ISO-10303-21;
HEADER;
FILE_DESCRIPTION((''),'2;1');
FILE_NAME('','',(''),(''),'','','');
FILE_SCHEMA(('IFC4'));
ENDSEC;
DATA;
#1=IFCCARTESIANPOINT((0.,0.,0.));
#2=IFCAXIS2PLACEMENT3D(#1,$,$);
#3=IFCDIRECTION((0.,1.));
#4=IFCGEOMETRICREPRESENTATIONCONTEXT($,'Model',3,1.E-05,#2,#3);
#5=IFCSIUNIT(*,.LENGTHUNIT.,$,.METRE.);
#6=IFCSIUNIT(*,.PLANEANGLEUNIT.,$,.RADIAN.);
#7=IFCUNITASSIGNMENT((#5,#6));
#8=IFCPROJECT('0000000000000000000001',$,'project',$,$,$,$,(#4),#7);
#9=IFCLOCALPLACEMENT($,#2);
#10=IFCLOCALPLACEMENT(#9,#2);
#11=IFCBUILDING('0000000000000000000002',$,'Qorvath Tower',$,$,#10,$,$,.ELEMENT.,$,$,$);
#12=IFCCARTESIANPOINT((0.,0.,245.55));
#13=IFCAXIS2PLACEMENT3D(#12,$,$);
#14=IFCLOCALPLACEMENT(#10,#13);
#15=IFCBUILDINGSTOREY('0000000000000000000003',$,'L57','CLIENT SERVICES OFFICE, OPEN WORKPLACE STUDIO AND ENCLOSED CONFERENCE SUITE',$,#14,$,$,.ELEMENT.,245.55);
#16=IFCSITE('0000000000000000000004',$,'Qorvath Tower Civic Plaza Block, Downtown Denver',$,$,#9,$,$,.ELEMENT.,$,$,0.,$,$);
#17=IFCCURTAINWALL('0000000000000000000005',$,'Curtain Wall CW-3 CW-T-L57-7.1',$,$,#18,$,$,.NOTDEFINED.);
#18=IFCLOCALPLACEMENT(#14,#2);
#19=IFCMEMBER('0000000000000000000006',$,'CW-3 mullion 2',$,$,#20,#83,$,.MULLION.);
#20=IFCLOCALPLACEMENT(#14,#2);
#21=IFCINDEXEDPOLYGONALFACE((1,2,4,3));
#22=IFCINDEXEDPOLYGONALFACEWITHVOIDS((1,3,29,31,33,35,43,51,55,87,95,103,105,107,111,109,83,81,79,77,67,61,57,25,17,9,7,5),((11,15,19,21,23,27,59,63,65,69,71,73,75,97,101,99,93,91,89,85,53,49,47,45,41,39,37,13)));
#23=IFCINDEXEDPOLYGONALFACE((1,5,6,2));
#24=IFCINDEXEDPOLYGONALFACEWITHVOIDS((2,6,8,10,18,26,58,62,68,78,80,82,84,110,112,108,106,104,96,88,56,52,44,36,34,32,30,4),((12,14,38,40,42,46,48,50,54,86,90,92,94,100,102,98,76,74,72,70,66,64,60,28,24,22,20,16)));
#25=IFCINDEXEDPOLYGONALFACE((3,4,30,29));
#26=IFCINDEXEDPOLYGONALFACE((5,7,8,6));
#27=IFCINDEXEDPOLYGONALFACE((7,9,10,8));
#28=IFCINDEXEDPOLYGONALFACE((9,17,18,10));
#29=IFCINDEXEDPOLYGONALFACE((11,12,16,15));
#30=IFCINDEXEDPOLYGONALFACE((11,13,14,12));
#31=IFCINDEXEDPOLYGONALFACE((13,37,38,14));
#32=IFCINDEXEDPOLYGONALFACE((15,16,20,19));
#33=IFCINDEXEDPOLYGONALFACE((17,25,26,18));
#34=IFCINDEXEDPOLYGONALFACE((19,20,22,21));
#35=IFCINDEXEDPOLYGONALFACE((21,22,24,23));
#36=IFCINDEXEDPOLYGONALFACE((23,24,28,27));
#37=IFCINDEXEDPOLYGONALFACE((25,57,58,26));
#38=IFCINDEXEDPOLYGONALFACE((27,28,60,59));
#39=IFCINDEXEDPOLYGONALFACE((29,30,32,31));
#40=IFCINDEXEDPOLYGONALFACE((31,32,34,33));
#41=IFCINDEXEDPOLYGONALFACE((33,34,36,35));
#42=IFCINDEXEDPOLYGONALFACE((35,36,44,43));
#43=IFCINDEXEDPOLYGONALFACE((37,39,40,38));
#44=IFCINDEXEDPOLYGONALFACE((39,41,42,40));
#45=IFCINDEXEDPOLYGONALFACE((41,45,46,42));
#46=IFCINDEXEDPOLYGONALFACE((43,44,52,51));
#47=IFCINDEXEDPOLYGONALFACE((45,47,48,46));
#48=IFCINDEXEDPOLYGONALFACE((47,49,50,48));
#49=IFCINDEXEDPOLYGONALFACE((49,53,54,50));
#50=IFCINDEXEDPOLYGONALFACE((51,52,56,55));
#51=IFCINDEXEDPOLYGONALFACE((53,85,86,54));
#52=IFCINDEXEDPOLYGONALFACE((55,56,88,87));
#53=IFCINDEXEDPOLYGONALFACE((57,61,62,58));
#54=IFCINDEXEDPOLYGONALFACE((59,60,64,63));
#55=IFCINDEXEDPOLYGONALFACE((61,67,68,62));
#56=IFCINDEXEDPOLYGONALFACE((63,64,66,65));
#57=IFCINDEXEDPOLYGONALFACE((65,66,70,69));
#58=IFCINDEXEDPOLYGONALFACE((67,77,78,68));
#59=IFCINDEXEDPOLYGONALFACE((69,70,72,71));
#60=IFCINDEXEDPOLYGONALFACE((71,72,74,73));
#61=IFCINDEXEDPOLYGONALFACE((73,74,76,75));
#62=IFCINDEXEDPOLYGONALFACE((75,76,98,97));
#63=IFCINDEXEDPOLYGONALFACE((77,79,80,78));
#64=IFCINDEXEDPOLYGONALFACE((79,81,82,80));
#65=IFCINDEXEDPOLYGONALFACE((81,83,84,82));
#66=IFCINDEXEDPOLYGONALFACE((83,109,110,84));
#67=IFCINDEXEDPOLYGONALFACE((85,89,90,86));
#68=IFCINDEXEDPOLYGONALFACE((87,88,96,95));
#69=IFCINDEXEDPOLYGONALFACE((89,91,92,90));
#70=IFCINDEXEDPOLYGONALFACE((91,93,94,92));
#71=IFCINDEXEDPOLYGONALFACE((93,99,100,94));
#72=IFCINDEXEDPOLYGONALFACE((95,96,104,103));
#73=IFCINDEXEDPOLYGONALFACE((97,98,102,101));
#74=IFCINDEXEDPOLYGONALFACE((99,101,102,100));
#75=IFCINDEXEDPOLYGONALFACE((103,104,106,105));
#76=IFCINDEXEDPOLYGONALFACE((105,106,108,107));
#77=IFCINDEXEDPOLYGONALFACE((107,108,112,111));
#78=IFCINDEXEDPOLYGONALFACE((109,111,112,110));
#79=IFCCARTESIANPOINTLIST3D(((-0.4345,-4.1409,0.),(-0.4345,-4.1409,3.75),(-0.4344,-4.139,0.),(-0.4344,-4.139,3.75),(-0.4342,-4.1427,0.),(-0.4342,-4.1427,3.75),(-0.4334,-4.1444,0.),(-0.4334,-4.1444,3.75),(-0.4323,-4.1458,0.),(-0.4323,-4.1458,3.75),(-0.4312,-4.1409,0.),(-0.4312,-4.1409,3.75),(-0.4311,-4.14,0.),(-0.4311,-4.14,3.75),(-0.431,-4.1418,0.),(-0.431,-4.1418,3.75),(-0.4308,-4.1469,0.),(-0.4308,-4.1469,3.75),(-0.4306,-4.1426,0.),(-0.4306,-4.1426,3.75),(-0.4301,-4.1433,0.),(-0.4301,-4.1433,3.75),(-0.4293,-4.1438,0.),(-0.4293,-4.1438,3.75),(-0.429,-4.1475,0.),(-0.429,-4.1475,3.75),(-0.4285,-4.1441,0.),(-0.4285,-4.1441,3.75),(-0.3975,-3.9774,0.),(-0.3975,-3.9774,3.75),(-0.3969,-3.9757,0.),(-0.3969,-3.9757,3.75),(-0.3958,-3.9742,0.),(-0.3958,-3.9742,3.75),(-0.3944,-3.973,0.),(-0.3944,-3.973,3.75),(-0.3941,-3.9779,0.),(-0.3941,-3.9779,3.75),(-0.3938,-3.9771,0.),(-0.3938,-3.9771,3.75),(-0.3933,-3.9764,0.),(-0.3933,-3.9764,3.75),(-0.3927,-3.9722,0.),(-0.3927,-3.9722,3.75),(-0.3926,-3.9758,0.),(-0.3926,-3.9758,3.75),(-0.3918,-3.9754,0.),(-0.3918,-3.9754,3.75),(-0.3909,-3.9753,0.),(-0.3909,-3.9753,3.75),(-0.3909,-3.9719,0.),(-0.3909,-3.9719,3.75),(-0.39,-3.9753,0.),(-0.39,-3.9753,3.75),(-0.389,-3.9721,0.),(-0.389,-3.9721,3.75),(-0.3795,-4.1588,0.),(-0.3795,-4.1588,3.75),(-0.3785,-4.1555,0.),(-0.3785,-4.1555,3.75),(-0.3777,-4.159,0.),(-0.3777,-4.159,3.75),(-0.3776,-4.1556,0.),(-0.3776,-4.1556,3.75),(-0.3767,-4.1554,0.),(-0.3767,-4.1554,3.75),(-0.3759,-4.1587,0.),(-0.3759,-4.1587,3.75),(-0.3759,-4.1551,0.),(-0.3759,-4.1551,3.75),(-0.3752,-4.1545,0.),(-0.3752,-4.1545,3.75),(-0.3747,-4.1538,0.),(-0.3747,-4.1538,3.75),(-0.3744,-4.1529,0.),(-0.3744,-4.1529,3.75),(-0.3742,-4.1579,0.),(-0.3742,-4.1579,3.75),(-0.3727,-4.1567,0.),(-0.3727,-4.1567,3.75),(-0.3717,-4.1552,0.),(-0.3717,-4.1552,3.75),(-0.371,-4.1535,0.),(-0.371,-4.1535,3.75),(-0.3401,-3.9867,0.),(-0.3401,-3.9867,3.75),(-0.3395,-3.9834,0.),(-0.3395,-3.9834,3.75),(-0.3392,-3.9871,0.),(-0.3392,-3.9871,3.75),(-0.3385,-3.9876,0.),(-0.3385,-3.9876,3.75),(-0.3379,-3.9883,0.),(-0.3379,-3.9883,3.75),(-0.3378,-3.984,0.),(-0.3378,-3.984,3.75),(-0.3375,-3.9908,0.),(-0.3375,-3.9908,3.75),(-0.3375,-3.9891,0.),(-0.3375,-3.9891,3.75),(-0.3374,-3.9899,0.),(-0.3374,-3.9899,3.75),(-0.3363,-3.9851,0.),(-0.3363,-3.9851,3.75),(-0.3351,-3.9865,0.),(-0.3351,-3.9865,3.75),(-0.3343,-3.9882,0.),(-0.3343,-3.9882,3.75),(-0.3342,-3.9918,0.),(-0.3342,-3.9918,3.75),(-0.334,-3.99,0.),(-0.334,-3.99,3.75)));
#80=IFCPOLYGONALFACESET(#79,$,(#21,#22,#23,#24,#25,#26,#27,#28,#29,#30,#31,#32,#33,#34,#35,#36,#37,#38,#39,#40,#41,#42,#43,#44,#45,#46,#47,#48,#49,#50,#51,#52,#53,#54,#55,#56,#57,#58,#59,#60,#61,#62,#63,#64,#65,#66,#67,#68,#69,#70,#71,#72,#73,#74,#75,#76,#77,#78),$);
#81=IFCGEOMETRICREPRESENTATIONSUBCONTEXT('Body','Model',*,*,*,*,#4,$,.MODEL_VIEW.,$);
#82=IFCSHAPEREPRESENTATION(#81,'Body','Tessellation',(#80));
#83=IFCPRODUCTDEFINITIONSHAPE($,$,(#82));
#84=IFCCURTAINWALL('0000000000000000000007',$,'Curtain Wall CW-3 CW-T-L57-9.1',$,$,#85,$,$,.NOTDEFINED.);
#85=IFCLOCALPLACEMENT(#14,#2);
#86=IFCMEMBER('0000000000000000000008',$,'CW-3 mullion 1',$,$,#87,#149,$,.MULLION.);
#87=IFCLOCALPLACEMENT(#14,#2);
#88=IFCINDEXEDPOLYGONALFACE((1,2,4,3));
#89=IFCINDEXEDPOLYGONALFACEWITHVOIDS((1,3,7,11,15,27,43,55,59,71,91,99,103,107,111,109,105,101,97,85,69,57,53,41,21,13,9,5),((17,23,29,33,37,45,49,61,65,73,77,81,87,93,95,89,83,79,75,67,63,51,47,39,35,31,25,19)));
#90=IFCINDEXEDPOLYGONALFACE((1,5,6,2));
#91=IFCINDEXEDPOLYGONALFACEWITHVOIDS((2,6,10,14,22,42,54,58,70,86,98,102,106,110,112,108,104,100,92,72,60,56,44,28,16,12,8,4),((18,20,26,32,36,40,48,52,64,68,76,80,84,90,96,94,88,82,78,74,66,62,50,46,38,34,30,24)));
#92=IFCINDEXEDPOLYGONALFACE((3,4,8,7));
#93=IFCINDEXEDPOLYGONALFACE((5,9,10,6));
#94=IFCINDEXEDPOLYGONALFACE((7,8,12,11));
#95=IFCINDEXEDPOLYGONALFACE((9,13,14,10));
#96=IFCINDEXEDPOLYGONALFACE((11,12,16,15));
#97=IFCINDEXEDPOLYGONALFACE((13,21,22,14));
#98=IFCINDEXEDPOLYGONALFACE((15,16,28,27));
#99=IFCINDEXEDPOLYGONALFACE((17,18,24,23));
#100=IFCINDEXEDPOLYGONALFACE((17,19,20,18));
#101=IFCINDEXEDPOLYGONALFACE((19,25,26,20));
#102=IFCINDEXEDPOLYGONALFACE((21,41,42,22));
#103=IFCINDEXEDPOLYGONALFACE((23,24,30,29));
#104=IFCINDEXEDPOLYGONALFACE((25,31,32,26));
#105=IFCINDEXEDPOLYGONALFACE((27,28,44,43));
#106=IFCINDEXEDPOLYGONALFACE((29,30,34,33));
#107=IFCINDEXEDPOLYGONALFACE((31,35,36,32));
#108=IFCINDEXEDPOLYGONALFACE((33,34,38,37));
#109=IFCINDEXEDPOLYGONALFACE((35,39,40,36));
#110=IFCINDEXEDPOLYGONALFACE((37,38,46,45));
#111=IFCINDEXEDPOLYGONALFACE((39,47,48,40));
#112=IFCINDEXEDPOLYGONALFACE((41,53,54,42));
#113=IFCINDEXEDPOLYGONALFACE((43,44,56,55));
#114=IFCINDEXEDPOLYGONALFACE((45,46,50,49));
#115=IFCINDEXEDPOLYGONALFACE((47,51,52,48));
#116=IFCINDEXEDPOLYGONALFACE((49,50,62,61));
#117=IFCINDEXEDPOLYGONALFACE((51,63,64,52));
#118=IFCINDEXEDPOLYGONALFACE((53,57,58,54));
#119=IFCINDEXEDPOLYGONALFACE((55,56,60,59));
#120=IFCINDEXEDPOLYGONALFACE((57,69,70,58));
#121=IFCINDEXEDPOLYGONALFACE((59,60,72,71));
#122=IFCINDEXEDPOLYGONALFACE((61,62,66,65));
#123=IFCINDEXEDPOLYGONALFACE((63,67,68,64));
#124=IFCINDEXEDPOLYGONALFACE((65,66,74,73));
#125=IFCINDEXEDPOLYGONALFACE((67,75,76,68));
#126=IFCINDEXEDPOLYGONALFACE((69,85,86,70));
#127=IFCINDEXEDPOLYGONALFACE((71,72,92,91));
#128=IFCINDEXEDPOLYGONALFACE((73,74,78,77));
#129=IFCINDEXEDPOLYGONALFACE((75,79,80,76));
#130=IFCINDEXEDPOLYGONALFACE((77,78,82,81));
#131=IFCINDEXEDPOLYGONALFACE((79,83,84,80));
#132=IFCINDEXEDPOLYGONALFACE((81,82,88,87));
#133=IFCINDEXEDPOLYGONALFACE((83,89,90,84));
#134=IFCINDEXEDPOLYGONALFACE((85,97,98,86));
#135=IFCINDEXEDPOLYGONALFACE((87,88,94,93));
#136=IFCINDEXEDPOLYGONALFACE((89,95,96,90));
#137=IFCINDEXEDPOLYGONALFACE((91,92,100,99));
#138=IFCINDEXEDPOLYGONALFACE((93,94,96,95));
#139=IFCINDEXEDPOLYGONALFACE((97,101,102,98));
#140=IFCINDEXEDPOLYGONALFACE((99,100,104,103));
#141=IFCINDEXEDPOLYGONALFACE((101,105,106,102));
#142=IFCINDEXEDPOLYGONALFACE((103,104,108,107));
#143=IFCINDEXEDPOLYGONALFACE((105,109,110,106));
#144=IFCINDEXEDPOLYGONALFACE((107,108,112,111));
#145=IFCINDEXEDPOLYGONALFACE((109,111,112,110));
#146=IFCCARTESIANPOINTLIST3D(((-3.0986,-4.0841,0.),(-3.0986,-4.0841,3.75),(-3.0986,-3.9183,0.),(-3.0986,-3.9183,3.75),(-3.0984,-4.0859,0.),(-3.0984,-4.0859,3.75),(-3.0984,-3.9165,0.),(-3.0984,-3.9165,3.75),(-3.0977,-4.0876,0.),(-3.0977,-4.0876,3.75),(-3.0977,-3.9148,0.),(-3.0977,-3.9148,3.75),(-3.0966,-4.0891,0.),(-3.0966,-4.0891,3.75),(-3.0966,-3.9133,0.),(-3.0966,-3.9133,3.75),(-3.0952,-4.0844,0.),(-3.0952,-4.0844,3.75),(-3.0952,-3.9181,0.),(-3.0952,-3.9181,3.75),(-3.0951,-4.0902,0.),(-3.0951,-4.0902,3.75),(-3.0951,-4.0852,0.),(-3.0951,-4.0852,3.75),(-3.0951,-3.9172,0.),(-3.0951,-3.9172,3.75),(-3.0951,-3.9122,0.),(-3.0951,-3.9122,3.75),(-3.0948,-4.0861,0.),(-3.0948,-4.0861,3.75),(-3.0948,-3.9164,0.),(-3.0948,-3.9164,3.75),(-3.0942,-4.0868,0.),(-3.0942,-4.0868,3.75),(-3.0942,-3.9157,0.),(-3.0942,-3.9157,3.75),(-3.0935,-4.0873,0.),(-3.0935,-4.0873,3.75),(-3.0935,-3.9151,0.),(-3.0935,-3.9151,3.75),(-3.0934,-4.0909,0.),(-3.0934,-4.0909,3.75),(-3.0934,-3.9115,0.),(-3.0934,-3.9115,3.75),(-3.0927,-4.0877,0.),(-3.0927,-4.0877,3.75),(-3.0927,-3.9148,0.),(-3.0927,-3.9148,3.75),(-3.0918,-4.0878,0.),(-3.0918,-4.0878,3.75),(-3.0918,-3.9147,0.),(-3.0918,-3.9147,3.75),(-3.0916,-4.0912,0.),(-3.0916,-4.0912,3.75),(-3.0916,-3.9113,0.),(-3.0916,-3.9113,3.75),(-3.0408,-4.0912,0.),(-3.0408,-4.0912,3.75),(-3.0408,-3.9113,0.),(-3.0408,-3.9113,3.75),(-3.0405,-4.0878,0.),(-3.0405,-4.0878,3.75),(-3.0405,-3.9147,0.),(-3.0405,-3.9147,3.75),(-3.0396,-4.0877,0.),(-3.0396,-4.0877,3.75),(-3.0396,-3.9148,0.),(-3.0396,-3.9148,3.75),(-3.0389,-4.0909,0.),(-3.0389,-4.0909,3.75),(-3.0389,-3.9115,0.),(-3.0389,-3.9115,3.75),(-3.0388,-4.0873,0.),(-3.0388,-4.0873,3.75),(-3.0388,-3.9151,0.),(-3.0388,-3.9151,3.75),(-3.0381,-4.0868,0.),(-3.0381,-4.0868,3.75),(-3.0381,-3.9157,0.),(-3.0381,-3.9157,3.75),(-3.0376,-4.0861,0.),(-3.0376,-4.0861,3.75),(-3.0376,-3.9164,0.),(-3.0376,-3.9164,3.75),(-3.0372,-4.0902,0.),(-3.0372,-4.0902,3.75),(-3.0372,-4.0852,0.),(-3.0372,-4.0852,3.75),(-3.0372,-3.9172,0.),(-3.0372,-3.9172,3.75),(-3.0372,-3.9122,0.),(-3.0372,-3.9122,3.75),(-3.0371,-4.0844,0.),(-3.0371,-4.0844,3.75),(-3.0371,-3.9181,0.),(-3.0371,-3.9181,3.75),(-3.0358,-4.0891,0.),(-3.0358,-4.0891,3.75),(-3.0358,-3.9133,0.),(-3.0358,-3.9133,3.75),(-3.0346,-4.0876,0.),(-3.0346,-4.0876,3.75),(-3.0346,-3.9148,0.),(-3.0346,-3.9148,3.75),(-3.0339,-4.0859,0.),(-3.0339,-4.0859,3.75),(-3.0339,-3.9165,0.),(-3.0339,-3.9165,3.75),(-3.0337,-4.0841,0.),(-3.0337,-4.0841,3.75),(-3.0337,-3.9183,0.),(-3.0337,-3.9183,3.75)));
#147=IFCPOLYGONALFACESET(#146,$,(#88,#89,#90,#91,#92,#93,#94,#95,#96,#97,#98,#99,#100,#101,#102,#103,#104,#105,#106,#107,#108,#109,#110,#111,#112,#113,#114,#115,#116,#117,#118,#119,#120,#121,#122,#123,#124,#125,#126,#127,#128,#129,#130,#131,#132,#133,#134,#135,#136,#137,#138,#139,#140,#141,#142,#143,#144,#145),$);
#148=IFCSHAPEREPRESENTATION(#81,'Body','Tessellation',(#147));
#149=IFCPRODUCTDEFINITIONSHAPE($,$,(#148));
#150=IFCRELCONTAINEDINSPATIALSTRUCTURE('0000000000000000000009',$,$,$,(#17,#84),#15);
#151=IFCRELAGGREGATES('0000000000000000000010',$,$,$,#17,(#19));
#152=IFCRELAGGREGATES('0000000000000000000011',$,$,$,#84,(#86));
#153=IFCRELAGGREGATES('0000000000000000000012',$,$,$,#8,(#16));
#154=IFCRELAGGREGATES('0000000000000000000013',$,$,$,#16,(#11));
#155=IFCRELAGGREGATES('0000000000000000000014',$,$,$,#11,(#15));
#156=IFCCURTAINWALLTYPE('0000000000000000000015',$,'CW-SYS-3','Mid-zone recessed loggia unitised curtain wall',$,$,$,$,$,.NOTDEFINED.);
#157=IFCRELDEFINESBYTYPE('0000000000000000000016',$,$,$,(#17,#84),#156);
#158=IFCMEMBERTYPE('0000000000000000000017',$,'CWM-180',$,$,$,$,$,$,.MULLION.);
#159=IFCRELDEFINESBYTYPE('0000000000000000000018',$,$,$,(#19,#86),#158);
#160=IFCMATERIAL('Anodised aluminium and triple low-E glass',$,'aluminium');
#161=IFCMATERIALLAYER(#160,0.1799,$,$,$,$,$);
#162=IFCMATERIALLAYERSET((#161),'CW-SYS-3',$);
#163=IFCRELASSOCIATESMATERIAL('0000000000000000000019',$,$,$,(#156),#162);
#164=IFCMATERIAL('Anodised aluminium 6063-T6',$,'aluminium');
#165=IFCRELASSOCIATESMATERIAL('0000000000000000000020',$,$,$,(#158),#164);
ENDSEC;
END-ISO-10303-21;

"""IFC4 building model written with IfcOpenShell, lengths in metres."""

from ifc_helpers import new_model, si_unit, direction, frame, origin, origin_2d, place, context, subcontext, project, spatial, hollow_rectangle, extrude, material, layer, layer_set, material_profile, profile_set, type_object, element, aggregate, save


model = new_model("IFC4")

# Units and contexts
model_context = context("Model", 3, precision=1e-05, world=origin(), true_north=direction((0.0, 1.0)))
body_context = subcontext(model_context, "Body", "Model", "MODEL_VIEW")
ifc_project = project(units=[si_unit("LENGTHUNIT", "METRE"), si_unit("PLANEANGLEUNIT", "RADIAN")], contexts=[model_context])

# Site, building, storey
site_placement = place(None, origin())
site = spatial("IfcSite", under=ifc_project, at=site_placement, Name="Qorvath Tower Civic Plaza Block, Downtown Denver", CompositionType="ELEMENT", RefElevation=0.0)
building_placement = place(site_placement, origin())
building = spatial("IfcBuilding", under=site, at=building_placement, Name="Qorvath Tower", CompositionType="ELEMENT")
storey_placement = place(building_placement, frame((0.0, 0.0, 245.55)))
storey = spatial("IfcBuildingStorey", under=building, at=storey_placement, Name="L57", Description="CLIENT SERVICES OFFICE, OPEN WORKPLACE STUDIO AND ENCLOSED CONFERENCE SUITE", CompositionType="ELEMENT", Elevation=245.55)

# Curtain wall, member
ifc_material_1 = material(Name="Anodised aluminium and triple low-E glass", Category="aluminium")
ifc_layer_1 = layer(ifc_material_1, 0.1799)
ifc_layer_set_1 = layer_set([ifc_layer_1], Name="CW-SYS-3")
curtain_wall_type = type_object("IfcCurtainWallType", Name="CW-SYS-3", Description="Mid-zone recessed loggia unitised curtain wall", PredefinedType="NOTDEFINED", material=ifc_layer_set_1)
curtain_wall_1_placement = place(storey_placement, origin())
curtain_wall_1 = element("IfcCurtainWall", 1, at=curtain_wall_1_placement, inside=storey, type_object=curtain_wall_type, Name="Curtain Wall CW-3 CW-T-L57-7.1", PredefinedType="NOTDEFINED")
ifc_material_2 = material(Name="Anodised aluminium 6063-T6", Category="aluminium")
ifc_material_profile_1 = material_profile(ifc_material_2, hollow_rectangle(XDim=0.0649, YDim=0.1799, WallThickness=0.0034, InnerFilletRadius=0.0034, OuterFilletRadius=0.0071, at=origin_2d()), Name="CWM 180x65")
ifc_profile_set_1 = profile_set([ifc_material_profile_1], Name="Anodised aluminium 6063-T6")
member_type_1 = type_object("IfcMemberType", Name="CWM-180", PredefinedType="MULLION", material=ifc_profile_set_1)
member_1_placement = place(storey_placement, frame((-0.3843, -4.0654, 0.0), z_axis=(0.0, 0.0, 1.0), x_axis=(-0.975, 0.222206, 0.0)))
member_1 = element("IfcMember", 2, at=member_1_placement, type_object=member_type_1, Name="CW-3 mullion 2", PredefinedType="MULLION", context=body_context, shape_type="SweptSolid", body=[
    extrude(hollow_rectangle(XDim=0.0649, YDim=0.1799, WallThickness=0.0034, InnerFilletRadius=0.0034, OuterFilletRadius=0.0071, at=origin_2d()), origin(), (0.0, 0.0, 1.0), 3.75),
])
aggregate(curtain_wall_1, [member_1])

# Curtain wall, member
curtain_wall_2_placement = place(storey_placement, origin())
curtain_wall_2 = element("IfcCurtainWall", 3, at=curtain_wall_2_placement, inside=storey, type_object=curtain_wall_type, Name="Curtain Wall CW-3 CW-T-L57-9.1", PredefinedType="NOTDEFINED")
member_2_placement = place(storey_placement, frame((-3.0662, -4.0012, 0.0), z_axis=(0.0, 0.0, 1.0), x_axis=(-1.0, 0.0, 0.0)))
member_2 = element("IfcMember", 4, at=member_2_placement, type_object=member_type_1, Name="CW-3 mullion 1", PredefinedType="MULLION", context=body_context, shape_type="SweptSolid", body=[
    extrude(hollow_rectangle(XDim=0.0649, YDim=0.1799, WallThickness=0.0034, InnerFilletRadius=0.0034, OuterFilletRadius=0.0071, at=origin_2d()), origin(), (0.0, 0.0, 1.0), 3.75),
])
aggregate(curtain_wall_2, [member_2])

save(model, "model.ifc")
